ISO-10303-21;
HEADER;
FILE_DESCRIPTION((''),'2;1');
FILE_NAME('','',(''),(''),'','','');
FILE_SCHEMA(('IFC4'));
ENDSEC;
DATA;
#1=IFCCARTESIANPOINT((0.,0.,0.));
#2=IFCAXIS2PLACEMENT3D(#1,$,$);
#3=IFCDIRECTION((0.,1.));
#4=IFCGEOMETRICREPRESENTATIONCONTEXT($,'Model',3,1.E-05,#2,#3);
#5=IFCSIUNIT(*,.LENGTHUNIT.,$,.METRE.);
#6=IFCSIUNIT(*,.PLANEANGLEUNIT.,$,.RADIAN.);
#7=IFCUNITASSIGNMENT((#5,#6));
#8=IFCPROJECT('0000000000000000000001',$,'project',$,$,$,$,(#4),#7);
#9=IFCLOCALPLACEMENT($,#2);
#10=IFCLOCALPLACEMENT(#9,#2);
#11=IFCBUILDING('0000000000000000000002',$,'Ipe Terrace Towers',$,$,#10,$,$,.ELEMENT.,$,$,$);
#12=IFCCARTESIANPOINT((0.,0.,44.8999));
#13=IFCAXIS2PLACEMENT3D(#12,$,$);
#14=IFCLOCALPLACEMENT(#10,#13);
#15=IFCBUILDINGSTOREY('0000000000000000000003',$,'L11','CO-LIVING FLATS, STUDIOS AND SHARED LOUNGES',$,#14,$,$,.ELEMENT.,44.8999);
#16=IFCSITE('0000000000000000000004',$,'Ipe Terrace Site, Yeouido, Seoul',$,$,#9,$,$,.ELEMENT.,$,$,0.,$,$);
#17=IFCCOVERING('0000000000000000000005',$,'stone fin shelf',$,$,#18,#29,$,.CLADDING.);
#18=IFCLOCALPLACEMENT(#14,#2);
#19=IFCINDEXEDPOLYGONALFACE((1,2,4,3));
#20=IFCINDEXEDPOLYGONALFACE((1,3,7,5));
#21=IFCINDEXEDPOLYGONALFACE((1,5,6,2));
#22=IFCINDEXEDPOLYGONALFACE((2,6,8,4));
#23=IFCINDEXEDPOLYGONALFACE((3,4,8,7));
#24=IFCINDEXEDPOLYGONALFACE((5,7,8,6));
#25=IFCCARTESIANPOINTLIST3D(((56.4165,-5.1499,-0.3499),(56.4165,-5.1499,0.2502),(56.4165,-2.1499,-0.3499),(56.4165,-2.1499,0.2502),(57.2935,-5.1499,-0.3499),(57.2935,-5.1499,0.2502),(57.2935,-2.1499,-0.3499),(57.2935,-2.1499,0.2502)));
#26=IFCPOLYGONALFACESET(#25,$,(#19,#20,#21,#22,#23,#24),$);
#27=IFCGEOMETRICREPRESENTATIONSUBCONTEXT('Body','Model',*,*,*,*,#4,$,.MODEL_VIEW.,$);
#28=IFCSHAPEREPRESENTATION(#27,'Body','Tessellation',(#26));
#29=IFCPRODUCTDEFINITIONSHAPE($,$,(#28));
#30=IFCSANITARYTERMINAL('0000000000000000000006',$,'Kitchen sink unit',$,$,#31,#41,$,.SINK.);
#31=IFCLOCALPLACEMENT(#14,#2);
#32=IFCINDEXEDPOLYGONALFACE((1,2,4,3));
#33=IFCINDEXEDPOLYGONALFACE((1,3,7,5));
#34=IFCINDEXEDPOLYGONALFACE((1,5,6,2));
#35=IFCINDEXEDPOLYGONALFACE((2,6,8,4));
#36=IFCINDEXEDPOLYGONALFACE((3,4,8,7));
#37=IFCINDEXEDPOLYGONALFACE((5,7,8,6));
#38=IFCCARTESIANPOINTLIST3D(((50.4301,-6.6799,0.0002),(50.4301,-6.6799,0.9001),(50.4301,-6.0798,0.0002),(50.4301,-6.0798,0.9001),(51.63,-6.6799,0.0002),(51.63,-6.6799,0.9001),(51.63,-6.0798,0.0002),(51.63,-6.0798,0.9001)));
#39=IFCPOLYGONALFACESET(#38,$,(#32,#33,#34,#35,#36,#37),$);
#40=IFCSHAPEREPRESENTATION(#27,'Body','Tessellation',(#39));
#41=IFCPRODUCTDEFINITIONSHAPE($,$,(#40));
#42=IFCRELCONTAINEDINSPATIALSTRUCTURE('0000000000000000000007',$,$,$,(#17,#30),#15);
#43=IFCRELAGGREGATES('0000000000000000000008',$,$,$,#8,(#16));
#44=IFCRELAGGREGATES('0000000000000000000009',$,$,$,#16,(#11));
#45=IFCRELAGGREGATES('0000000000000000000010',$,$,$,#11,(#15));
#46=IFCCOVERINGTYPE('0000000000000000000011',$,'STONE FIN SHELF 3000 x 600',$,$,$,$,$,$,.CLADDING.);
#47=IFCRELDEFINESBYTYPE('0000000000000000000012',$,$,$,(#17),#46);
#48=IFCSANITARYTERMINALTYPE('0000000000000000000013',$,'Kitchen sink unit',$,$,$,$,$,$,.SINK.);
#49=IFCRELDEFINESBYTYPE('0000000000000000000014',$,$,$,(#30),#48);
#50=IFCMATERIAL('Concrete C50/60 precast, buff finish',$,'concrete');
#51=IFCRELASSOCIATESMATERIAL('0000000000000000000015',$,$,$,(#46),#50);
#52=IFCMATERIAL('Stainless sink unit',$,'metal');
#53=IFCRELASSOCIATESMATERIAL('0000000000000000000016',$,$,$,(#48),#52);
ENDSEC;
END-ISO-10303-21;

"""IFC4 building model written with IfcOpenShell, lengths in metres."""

from ifc_helpers import new_model, si_unit, direction, frame, origin, origin_2d, place, context, subcontext, project, spatial, rectangle, extrude, material, type_object, element, save


model = new_model("IFC4")

# Units and contexts
model_context = context("Model", 3, precision=1e-05, world=origin(), true_north=direction((0.0, 1.0)))
body_context = subcontext(model_context, "Body", "Model", "MODEL_VIEW")
ifc_project = project(units=[si_unit("LENGTHUNIT", "METRE"), si_unit("PLANEANGLEUNIT", "RADIAN")], contexts=[model_context])

# Site, building, storey
site_placement = place(None, origin())
site = spatial("IfcSite", under=ifc_project, at=site_placement, Name="Ipe Terrace Site, Yeouido, Seoul", CompositionType="ELEMENT", RefElevation=0.0)
building_placement = place(site_placement, origin())
building = spatial("IfcBuilding", under=site, at=building_placement, Name="Ipe Terrace Towers", CompositionType="ELEMENT")
storey_placement = place(building_placement, frame((0.0, 0.0, 44.8999)))
storey = spatial("IfcBuildingStorey", under=building, at=storey_placement, Name="L11", Description="CO-LIVING FLATS, STUDIOS AND SHARED LOUNGES", CompositionType="ELEMENT", Elevation=44.8999)

# Covering
ifc_material_1 = material(Name="Concrete C50/60 precast, buff finish", Category="concrete")
covering_type_1 = type_object("IfcCoveringType", Name="STONE FIN SHELF 3000 x 600", PredefinedType="CLADDING", material=ifc_material_1)
for number, where, z_axis, x_axis, name in (
    (1, (56.855, -3.6499, -0.3499), (0.0, 0.0, 1.0), (0.0, 1.0, 0.0), "stone fin shelf"),
):
    element("IfcCovering", number, at=place(storey_placement, frame(where, z_axis=z_axis, x_axis=x_axis)), inside=storey, type_object=covering_type_1, Name=name, PredefinedType="CLADDING", context=body_context, shape_type="SweptSolid", body=[
        extrude(rectangle(XDim=3.0, YDim=0.877, at=origin_2d()), origin(), (0.0, 0.0, 1.0), 0.6001),
    ])

# Sanitary terminal
ifc_material_2 = material(Name="Stainless sink unit", Category="metal")
sanitary_terminal_type = type_object("IfcSanitaryTerminalType", Name="Kitchen sink unit", PredefinedType="SINK", material=ifc_material_2)
sanitary_terminal_placement = place(storey_placement, frame((51.03, -6.3799, 0.0002), z_axis=(0.0, 0.0, 1.0), x_axis=(-1.0, 0.0, 0.0)))
element("IfcSanitaryTerminal", 2, at=sanitary_terminal_placement, inside=storey, type_object=sanitary_terminal_type, Name="Kitchen sink unit", PredefinedType="SINK", context=body_context, shape_type="SweptSolid", body=[
    extrude(rectangle(XDim=1.2, YDim=0.6001, at=origin_2d()), origin(), (0.0, 0.0, 1.0), 0.8999),
])

save(model, "model.ifc")
